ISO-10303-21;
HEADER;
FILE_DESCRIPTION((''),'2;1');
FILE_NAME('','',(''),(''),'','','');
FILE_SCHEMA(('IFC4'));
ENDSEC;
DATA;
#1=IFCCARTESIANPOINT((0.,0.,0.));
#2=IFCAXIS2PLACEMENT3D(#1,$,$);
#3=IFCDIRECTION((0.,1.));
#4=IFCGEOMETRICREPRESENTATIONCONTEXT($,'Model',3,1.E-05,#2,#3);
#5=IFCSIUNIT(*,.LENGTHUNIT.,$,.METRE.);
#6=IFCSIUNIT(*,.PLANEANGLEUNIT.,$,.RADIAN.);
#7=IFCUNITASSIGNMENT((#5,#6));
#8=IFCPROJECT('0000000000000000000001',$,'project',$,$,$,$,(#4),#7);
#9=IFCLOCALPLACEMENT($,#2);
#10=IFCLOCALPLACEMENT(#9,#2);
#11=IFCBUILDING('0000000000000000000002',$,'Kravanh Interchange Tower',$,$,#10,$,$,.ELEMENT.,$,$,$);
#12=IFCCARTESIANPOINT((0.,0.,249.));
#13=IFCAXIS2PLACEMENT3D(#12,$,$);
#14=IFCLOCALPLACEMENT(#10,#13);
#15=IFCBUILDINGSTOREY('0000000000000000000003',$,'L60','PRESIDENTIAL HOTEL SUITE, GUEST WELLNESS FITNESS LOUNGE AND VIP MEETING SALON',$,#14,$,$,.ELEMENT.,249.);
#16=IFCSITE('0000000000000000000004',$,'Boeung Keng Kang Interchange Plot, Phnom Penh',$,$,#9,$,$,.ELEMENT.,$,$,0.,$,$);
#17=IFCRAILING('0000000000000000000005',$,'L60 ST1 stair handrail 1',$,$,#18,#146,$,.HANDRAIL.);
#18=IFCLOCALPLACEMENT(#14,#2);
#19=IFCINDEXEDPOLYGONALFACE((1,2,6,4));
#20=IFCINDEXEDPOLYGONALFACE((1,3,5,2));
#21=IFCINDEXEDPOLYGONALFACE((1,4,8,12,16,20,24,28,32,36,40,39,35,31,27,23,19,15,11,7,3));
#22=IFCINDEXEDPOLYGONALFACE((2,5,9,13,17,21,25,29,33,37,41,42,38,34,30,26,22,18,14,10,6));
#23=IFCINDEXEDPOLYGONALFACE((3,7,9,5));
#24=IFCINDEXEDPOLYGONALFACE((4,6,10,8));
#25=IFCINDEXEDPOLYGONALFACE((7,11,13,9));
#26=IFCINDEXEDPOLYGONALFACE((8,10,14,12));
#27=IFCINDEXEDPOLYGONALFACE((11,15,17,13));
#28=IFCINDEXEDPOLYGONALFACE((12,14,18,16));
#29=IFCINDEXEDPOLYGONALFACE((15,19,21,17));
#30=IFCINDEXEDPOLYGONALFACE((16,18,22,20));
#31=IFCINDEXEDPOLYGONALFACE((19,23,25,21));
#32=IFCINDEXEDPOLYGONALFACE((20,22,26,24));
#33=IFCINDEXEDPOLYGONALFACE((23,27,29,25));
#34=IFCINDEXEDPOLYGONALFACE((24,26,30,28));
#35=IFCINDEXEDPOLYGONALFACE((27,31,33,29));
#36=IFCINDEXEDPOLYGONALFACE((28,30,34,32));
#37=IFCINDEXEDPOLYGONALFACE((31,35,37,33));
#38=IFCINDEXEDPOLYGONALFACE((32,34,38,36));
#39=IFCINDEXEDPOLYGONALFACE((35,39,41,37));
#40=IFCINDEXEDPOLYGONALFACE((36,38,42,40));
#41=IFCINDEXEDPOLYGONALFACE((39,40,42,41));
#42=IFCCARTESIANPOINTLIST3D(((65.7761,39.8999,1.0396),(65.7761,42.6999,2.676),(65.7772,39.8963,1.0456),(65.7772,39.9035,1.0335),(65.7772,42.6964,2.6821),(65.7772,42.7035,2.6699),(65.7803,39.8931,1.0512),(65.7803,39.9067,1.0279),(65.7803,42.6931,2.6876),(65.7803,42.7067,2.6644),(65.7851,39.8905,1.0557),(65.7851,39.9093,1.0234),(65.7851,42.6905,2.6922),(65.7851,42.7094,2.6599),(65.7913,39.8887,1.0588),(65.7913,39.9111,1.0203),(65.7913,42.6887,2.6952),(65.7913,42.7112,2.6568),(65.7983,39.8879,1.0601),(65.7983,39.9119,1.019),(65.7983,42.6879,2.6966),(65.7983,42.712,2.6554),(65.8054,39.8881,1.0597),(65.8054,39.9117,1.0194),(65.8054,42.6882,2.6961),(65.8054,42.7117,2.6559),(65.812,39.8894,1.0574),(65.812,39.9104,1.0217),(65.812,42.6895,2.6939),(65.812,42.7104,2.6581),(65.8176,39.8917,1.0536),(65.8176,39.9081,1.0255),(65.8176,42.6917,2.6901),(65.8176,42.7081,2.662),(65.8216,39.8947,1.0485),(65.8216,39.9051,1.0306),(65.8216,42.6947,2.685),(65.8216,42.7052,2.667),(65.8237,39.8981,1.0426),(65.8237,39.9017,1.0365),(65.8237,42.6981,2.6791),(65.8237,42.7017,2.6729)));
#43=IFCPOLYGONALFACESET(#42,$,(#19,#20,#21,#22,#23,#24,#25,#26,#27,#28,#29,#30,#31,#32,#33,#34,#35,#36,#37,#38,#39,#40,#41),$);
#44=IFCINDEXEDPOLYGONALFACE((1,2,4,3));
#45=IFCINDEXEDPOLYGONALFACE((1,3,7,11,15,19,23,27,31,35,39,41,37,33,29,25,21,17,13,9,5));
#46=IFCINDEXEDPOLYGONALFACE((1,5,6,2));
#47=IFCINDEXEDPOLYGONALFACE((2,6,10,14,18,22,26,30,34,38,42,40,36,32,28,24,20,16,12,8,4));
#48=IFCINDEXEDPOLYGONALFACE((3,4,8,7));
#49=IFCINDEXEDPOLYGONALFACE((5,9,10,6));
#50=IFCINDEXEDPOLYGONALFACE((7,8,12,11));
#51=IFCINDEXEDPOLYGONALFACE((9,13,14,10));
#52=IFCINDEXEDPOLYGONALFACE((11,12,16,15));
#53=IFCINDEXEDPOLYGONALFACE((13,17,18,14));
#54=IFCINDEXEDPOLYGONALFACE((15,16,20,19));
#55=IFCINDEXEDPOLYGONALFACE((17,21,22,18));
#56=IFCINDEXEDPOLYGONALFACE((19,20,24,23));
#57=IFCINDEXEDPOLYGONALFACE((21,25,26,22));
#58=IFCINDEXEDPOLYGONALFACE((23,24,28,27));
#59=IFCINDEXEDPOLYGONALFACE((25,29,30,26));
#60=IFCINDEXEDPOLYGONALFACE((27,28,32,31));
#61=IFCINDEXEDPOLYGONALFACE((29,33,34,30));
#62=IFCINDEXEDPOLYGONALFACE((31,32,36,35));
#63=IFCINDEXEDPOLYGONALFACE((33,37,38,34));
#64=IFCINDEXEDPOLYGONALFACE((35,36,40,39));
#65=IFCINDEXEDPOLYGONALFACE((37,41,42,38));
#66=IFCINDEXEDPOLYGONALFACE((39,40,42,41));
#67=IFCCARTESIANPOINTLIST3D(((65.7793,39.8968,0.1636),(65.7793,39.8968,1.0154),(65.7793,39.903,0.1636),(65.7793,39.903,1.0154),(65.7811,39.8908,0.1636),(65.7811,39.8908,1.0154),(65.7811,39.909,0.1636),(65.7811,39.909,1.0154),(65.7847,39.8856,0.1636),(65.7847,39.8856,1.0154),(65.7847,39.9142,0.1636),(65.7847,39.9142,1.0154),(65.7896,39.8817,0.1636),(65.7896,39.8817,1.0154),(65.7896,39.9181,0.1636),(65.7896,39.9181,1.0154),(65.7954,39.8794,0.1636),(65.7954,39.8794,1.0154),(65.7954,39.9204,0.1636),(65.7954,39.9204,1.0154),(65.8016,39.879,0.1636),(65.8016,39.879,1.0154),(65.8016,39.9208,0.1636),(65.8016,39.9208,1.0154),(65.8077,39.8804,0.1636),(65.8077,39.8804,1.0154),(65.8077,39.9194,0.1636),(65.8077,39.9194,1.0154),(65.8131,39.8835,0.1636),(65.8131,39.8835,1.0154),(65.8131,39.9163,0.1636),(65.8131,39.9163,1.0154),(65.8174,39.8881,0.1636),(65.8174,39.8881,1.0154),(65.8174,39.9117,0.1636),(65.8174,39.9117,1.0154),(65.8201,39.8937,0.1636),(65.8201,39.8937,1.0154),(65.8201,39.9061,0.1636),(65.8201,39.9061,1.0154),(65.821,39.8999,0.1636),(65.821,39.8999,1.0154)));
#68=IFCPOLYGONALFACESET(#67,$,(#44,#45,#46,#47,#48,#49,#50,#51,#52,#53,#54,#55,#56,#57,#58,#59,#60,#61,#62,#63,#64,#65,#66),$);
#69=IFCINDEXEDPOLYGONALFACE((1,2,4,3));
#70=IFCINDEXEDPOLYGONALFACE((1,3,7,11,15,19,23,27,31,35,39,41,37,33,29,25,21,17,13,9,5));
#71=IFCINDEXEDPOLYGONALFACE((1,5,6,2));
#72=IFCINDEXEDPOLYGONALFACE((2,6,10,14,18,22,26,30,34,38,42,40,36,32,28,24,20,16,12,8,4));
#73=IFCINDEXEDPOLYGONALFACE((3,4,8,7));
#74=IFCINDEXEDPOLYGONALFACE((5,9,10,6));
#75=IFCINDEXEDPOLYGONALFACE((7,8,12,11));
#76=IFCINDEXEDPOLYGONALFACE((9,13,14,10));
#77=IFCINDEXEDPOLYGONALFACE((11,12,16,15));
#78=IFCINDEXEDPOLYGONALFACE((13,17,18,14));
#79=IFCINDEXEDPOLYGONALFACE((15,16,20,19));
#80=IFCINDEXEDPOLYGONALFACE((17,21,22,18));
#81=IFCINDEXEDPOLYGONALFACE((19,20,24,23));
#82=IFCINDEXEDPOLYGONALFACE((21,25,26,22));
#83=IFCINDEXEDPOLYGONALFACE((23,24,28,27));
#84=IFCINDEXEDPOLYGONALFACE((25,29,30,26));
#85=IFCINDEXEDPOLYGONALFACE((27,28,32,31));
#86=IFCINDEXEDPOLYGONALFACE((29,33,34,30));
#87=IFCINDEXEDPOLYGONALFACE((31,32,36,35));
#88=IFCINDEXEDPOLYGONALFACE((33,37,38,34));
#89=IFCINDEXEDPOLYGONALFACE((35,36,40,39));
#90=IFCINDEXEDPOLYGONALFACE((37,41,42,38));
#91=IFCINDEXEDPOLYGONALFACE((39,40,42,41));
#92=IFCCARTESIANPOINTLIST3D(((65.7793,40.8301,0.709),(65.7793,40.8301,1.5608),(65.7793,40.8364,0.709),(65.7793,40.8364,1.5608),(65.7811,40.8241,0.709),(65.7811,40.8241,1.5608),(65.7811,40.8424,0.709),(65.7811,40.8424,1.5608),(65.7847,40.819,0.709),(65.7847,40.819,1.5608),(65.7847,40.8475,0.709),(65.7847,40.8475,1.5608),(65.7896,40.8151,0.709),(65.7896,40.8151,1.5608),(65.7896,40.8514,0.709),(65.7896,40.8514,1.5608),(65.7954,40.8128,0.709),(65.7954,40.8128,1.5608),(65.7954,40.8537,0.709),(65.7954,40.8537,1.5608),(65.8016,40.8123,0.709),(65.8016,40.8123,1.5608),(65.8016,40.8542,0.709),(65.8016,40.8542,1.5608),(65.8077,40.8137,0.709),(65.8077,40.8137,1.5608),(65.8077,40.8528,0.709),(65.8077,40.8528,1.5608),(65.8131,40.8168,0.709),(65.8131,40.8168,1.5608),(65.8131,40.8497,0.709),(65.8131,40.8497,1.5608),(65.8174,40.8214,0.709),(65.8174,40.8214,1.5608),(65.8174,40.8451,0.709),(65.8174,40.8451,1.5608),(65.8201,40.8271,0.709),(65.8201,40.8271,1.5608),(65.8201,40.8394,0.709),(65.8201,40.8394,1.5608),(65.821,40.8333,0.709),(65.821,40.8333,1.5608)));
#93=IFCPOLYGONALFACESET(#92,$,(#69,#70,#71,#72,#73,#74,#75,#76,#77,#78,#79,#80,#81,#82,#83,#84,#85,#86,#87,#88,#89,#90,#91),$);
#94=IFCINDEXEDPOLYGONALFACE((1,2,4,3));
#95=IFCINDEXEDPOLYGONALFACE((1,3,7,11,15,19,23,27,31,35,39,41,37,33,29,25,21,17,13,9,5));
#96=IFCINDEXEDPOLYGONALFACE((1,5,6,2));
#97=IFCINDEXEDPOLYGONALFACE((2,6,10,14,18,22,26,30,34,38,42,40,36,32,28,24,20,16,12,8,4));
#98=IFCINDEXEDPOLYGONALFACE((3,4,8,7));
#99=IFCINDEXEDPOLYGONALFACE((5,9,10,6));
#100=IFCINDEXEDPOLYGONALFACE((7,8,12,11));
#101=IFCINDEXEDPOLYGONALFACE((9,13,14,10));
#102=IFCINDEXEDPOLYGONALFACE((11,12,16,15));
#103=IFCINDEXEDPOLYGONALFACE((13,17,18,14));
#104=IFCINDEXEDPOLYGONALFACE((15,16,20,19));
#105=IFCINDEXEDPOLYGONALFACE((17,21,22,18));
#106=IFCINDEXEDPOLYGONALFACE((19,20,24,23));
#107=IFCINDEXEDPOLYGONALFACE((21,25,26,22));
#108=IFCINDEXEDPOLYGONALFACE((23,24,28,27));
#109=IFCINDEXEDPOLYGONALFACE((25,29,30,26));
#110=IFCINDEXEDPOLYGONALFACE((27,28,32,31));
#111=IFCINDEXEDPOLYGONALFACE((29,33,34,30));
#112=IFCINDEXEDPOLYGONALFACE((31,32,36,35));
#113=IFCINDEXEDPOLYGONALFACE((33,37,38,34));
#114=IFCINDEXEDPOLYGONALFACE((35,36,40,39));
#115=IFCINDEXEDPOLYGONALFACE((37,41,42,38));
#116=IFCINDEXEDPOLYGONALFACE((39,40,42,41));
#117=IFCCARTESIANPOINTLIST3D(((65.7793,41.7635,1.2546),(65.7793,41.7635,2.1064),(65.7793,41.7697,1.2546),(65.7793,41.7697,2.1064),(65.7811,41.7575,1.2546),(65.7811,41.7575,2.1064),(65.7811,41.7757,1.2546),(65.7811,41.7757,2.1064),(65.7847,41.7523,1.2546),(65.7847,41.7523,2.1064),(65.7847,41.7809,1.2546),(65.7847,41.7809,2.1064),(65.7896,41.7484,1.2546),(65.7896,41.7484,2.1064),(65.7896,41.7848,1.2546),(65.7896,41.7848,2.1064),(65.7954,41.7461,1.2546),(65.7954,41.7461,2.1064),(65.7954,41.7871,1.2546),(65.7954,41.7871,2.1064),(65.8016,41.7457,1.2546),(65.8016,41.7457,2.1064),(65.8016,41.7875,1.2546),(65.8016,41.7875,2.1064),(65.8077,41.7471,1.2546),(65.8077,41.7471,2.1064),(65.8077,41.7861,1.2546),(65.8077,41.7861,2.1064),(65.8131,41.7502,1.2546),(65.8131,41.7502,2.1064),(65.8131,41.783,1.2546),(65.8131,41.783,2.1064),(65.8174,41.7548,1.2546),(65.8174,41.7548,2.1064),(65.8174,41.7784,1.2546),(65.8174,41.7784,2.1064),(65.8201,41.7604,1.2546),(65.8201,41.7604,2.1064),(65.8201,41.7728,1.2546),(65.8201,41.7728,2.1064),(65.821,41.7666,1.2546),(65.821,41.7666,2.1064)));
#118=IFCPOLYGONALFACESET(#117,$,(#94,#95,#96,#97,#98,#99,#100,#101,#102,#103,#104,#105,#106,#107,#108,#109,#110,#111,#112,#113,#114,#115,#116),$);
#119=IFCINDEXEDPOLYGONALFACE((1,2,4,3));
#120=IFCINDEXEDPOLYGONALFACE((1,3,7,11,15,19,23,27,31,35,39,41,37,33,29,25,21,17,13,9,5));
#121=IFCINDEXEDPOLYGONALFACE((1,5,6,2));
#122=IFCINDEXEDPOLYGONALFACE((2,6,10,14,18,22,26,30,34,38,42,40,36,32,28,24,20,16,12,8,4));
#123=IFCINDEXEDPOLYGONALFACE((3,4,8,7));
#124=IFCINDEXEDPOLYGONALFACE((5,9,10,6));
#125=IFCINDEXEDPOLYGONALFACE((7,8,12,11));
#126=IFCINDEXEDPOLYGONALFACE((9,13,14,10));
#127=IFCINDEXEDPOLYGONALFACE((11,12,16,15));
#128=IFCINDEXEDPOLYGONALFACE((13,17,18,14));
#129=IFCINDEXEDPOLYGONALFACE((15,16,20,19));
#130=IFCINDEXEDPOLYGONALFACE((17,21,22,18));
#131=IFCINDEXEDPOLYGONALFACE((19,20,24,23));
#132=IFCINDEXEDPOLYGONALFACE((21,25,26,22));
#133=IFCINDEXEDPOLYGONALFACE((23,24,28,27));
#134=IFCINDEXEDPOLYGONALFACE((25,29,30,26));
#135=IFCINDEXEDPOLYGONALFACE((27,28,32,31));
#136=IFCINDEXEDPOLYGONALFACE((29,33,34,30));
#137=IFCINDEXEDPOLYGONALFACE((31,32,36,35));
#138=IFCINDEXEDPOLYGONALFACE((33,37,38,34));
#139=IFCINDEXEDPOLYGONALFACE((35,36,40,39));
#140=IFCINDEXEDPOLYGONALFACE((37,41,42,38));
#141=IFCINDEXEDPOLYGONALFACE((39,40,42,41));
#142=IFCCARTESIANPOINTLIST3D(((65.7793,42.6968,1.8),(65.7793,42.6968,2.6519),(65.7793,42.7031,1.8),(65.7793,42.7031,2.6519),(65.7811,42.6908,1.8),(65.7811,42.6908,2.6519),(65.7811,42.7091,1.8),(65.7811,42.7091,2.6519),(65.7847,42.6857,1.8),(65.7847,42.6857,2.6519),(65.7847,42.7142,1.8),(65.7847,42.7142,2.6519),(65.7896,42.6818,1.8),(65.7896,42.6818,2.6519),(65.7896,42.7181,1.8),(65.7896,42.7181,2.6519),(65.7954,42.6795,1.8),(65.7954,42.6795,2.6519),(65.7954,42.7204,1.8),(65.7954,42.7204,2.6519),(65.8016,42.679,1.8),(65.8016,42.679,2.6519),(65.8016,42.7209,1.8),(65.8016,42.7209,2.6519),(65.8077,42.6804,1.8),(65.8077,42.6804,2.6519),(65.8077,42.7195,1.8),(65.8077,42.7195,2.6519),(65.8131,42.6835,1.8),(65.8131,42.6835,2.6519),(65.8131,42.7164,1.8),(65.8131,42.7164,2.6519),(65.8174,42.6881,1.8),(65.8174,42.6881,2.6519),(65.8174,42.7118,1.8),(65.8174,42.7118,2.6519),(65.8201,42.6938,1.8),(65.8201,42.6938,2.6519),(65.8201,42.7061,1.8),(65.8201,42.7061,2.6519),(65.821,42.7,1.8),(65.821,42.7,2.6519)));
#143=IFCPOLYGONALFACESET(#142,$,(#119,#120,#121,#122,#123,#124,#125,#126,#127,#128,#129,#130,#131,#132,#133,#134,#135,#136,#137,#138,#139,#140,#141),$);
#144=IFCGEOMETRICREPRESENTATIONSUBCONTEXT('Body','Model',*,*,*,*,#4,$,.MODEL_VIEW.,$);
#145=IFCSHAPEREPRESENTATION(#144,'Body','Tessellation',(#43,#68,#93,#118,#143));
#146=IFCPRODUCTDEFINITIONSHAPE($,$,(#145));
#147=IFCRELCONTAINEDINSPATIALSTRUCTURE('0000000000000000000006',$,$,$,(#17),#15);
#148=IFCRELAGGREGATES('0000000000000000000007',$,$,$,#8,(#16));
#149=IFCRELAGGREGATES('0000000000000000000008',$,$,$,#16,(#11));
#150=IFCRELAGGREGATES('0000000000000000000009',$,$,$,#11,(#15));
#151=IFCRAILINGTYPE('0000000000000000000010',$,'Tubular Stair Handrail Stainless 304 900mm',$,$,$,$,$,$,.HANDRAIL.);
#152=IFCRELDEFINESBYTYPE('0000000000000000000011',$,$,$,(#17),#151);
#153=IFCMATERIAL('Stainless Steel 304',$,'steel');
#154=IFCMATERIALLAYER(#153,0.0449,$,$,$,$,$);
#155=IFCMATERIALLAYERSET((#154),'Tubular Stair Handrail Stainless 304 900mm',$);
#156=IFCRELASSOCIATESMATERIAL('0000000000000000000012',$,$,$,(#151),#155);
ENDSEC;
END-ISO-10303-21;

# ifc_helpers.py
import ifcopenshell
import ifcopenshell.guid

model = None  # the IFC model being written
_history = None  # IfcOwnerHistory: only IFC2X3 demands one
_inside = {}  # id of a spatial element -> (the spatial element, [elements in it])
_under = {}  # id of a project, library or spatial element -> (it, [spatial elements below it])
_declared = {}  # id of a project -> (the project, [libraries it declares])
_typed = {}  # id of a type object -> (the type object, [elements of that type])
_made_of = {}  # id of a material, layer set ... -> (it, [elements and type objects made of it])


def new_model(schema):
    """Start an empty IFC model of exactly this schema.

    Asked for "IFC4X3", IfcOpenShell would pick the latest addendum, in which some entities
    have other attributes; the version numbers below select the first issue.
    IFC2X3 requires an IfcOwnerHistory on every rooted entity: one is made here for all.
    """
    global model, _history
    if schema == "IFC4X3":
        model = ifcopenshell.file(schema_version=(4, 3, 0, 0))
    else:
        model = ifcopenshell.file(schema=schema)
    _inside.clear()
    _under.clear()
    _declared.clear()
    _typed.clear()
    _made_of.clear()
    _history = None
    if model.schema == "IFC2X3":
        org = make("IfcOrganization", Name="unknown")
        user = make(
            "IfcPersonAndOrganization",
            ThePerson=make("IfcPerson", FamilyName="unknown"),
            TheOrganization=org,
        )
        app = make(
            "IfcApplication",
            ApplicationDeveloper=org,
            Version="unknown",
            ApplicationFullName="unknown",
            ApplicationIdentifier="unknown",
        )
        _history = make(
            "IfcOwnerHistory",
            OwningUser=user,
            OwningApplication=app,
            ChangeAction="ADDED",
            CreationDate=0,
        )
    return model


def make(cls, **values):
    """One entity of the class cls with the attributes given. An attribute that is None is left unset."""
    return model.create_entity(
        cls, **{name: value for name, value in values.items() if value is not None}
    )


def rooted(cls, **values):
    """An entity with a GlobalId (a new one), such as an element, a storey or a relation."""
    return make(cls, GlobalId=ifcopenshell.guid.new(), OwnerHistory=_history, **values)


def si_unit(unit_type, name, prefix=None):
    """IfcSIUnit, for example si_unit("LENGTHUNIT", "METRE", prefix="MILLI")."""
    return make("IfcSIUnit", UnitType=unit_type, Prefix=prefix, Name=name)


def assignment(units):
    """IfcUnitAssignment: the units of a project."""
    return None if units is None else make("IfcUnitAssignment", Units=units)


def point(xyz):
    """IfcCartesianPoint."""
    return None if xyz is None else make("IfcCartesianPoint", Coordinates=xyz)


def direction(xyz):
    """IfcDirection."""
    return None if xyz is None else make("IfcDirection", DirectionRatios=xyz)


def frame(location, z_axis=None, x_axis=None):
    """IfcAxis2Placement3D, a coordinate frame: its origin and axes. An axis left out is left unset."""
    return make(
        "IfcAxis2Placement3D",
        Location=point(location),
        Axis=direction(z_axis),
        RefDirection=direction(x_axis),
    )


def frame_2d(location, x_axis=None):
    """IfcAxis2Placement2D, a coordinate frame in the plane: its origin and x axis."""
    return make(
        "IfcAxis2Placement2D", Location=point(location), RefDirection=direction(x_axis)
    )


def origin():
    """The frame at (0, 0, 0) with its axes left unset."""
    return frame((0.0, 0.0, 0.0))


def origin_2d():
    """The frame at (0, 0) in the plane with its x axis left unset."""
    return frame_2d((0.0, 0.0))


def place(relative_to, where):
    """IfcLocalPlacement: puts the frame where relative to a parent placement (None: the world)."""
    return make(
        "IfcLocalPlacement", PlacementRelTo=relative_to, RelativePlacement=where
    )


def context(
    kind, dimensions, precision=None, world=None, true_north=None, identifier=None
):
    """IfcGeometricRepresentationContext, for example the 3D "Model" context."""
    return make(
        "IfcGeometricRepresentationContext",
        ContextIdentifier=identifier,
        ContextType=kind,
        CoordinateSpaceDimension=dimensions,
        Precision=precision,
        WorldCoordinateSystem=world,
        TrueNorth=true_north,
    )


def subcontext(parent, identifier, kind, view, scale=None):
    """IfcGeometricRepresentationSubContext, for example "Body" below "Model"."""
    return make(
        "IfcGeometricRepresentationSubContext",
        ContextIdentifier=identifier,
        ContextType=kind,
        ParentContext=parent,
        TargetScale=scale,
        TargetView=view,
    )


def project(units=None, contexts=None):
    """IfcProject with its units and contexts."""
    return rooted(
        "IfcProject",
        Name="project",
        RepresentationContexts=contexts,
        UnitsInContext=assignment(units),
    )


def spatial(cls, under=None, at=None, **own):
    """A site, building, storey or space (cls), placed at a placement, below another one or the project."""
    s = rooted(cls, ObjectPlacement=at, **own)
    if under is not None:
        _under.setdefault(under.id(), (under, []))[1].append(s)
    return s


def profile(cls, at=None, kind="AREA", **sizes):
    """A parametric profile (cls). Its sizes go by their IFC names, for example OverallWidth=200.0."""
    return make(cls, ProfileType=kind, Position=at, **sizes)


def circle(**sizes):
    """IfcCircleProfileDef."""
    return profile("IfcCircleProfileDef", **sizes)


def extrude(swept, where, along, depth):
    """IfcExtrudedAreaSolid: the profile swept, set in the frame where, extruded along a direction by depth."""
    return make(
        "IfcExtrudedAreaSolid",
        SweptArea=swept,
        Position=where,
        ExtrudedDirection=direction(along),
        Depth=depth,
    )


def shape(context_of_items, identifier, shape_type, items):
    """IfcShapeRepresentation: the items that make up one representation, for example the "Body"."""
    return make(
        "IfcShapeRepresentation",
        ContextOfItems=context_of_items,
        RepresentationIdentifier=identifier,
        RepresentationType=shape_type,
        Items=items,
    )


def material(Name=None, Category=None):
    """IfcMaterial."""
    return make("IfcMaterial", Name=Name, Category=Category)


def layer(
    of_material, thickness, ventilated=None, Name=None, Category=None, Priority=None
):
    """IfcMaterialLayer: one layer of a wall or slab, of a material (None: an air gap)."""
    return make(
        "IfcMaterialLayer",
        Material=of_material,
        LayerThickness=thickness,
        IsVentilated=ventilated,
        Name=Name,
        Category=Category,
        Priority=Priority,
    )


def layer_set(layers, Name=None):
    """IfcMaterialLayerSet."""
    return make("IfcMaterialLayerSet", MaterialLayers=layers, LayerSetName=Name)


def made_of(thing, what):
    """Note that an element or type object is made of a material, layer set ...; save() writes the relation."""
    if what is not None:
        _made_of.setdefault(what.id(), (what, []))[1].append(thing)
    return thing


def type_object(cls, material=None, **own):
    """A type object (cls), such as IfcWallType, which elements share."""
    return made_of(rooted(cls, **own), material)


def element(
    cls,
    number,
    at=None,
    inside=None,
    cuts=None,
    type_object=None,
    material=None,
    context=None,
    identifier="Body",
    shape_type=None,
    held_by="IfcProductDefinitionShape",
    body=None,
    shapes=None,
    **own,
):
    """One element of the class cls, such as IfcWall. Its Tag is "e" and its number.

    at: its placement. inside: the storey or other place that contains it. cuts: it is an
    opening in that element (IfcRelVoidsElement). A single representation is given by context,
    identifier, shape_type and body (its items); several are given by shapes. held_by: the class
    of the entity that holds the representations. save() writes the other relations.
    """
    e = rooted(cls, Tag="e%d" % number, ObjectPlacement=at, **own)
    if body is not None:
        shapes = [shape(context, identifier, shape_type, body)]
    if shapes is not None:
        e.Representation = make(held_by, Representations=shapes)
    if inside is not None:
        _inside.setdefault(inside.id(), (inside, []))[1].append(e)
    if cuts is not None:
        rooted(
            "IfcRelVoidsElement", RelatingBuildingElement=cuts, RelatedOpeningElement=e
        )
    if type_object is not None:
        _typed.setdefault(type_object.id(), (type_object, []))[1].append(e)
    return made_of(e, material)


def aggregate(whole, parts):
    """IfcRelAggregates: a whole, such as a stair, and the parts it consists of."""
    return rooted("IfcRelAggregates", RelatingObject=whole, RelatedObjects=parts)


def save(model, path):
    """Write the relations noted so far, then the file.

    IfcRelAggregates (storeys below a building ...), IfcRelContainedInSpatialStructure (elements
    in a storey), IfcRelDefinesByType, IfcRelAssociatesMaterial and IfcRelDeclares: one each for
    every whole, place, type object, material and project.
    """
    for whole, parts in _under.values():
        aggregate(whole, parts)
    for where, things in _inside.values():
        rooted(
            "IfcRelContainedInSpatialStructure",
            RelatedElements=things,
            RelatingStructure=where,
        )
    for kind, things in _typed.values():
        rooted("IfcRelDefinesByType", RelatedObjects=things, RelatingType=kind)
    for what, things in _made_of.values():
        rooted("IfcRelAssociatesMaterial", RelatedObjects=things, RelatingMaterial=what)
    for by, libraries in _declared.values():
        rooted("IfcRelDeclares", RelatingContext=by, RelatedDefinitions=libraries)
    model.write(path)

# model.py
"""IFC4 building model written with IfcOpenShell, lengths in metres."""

from ifc_helpers import new_model, si_unit, direction, frame, origin, origin_2d, place, context, subcontext, project, spatial, circle, extrude, material, layer, layer_set, type_object, element, save


model = new_model("IFC4")

# Units and contexts
model_context = context("Model", 3, precision=1e-05, world=origin(), true_north=direction((0.0, 1.0)))
body_context = subcontext(model_context, "Body", "Model", "MODEL_VIEW")
ifc_project = project(units=[si_unit("LENGTHUNIT", "METRE"), si_unit("PLANEANGLEUNIT", "RADIAN")], contexts=[model_context])

# Site, building, storey
site_placement = place(None, origin())
site = spatial("IfcSite", under=ifc_project, at=site_placement, Name="Boeung Keng Kang Interchange Plot, Phnom Penh", CompositionType="ELEMENT", RefElevation=0.0)
building_placement = place(site_placement, origin())
building = spatial("IfcBuilding", under=site, at=building_placement, Name="Kravanh Interchange Tower", CompositionType="ELEMENT")
storey_placement = place(building_placement, frame((0.0, 0.0, 249.0)))
storey = spatial("IfcBuildingStorey", under=building, at=storey_placement, Name="L60", Description="PRESIDENTIAL HOTEL SUITE, GUEST WELLNESS FITNESS LOUNGE AND VIP MEETING SALON", CompositionType="ELEMENT", Elevation=249.0)

# Railing
ifc_material_1 = material(Name="Stainless Steel 304", Category="steel")
ifc_layer_1 = layer(ifc_material_1, 0.0449)
ifc_layer_set_1 = layer_set([ifc_layer_1], Name="Tubular Stair Handrail Stainless 304 900mm")
railing_type_1 = type_object("IfcRailingType", Name="Tubular Stair Handrail Stainless 304 900mm", PredefinedType="HANDRAIL", material=ifc_layer_set_1)
railing_1_placement = place(storey_placement, frame((65.8, 39.8999, 0.1636)))
element("IfcRailing", 1, at=railing_1_placement, inside=storey, type_object=railing_type_1, Name="L60 ST1 stair handrail 1", PredefinedType="HANDRAIL", context=body_context, shape_type="SweptSolid", body=[
    extrude(circle(Radius=0.0239, at=origin_2d()), frame((0.0, 0.0, 0.876), z_axis=(0.0, 0.863361, 0.504587), x_axis=(-1.0, 0.0, 0.0)), (0.0, 0.0, 1.0), 3.2432),
    extrude(circle(Radius=0.021, at=origin_2d()), origin(), (0.0, 0.0, 1.0), 0.8518),
    extrude(circle(Radius=0.021, at=origin_2d()), frame((0.0, 0.9333, 0.5454)), (0.0, 0.0, 1.0), 0.8518),
    extrude(circle(Radius=0.021, at=origin_2d()), frame((0.0, 1.8667, 1.0911)), (0.0, 0.0, 1.0), 0.8518),
    extrude(circle(Radius=0.021, at=origin_2d()), frame((0.0, 2.8, 1.6365)), (0.0, 0.0, 1.0), 0.8518),
])

save(model, "model.ifc")
